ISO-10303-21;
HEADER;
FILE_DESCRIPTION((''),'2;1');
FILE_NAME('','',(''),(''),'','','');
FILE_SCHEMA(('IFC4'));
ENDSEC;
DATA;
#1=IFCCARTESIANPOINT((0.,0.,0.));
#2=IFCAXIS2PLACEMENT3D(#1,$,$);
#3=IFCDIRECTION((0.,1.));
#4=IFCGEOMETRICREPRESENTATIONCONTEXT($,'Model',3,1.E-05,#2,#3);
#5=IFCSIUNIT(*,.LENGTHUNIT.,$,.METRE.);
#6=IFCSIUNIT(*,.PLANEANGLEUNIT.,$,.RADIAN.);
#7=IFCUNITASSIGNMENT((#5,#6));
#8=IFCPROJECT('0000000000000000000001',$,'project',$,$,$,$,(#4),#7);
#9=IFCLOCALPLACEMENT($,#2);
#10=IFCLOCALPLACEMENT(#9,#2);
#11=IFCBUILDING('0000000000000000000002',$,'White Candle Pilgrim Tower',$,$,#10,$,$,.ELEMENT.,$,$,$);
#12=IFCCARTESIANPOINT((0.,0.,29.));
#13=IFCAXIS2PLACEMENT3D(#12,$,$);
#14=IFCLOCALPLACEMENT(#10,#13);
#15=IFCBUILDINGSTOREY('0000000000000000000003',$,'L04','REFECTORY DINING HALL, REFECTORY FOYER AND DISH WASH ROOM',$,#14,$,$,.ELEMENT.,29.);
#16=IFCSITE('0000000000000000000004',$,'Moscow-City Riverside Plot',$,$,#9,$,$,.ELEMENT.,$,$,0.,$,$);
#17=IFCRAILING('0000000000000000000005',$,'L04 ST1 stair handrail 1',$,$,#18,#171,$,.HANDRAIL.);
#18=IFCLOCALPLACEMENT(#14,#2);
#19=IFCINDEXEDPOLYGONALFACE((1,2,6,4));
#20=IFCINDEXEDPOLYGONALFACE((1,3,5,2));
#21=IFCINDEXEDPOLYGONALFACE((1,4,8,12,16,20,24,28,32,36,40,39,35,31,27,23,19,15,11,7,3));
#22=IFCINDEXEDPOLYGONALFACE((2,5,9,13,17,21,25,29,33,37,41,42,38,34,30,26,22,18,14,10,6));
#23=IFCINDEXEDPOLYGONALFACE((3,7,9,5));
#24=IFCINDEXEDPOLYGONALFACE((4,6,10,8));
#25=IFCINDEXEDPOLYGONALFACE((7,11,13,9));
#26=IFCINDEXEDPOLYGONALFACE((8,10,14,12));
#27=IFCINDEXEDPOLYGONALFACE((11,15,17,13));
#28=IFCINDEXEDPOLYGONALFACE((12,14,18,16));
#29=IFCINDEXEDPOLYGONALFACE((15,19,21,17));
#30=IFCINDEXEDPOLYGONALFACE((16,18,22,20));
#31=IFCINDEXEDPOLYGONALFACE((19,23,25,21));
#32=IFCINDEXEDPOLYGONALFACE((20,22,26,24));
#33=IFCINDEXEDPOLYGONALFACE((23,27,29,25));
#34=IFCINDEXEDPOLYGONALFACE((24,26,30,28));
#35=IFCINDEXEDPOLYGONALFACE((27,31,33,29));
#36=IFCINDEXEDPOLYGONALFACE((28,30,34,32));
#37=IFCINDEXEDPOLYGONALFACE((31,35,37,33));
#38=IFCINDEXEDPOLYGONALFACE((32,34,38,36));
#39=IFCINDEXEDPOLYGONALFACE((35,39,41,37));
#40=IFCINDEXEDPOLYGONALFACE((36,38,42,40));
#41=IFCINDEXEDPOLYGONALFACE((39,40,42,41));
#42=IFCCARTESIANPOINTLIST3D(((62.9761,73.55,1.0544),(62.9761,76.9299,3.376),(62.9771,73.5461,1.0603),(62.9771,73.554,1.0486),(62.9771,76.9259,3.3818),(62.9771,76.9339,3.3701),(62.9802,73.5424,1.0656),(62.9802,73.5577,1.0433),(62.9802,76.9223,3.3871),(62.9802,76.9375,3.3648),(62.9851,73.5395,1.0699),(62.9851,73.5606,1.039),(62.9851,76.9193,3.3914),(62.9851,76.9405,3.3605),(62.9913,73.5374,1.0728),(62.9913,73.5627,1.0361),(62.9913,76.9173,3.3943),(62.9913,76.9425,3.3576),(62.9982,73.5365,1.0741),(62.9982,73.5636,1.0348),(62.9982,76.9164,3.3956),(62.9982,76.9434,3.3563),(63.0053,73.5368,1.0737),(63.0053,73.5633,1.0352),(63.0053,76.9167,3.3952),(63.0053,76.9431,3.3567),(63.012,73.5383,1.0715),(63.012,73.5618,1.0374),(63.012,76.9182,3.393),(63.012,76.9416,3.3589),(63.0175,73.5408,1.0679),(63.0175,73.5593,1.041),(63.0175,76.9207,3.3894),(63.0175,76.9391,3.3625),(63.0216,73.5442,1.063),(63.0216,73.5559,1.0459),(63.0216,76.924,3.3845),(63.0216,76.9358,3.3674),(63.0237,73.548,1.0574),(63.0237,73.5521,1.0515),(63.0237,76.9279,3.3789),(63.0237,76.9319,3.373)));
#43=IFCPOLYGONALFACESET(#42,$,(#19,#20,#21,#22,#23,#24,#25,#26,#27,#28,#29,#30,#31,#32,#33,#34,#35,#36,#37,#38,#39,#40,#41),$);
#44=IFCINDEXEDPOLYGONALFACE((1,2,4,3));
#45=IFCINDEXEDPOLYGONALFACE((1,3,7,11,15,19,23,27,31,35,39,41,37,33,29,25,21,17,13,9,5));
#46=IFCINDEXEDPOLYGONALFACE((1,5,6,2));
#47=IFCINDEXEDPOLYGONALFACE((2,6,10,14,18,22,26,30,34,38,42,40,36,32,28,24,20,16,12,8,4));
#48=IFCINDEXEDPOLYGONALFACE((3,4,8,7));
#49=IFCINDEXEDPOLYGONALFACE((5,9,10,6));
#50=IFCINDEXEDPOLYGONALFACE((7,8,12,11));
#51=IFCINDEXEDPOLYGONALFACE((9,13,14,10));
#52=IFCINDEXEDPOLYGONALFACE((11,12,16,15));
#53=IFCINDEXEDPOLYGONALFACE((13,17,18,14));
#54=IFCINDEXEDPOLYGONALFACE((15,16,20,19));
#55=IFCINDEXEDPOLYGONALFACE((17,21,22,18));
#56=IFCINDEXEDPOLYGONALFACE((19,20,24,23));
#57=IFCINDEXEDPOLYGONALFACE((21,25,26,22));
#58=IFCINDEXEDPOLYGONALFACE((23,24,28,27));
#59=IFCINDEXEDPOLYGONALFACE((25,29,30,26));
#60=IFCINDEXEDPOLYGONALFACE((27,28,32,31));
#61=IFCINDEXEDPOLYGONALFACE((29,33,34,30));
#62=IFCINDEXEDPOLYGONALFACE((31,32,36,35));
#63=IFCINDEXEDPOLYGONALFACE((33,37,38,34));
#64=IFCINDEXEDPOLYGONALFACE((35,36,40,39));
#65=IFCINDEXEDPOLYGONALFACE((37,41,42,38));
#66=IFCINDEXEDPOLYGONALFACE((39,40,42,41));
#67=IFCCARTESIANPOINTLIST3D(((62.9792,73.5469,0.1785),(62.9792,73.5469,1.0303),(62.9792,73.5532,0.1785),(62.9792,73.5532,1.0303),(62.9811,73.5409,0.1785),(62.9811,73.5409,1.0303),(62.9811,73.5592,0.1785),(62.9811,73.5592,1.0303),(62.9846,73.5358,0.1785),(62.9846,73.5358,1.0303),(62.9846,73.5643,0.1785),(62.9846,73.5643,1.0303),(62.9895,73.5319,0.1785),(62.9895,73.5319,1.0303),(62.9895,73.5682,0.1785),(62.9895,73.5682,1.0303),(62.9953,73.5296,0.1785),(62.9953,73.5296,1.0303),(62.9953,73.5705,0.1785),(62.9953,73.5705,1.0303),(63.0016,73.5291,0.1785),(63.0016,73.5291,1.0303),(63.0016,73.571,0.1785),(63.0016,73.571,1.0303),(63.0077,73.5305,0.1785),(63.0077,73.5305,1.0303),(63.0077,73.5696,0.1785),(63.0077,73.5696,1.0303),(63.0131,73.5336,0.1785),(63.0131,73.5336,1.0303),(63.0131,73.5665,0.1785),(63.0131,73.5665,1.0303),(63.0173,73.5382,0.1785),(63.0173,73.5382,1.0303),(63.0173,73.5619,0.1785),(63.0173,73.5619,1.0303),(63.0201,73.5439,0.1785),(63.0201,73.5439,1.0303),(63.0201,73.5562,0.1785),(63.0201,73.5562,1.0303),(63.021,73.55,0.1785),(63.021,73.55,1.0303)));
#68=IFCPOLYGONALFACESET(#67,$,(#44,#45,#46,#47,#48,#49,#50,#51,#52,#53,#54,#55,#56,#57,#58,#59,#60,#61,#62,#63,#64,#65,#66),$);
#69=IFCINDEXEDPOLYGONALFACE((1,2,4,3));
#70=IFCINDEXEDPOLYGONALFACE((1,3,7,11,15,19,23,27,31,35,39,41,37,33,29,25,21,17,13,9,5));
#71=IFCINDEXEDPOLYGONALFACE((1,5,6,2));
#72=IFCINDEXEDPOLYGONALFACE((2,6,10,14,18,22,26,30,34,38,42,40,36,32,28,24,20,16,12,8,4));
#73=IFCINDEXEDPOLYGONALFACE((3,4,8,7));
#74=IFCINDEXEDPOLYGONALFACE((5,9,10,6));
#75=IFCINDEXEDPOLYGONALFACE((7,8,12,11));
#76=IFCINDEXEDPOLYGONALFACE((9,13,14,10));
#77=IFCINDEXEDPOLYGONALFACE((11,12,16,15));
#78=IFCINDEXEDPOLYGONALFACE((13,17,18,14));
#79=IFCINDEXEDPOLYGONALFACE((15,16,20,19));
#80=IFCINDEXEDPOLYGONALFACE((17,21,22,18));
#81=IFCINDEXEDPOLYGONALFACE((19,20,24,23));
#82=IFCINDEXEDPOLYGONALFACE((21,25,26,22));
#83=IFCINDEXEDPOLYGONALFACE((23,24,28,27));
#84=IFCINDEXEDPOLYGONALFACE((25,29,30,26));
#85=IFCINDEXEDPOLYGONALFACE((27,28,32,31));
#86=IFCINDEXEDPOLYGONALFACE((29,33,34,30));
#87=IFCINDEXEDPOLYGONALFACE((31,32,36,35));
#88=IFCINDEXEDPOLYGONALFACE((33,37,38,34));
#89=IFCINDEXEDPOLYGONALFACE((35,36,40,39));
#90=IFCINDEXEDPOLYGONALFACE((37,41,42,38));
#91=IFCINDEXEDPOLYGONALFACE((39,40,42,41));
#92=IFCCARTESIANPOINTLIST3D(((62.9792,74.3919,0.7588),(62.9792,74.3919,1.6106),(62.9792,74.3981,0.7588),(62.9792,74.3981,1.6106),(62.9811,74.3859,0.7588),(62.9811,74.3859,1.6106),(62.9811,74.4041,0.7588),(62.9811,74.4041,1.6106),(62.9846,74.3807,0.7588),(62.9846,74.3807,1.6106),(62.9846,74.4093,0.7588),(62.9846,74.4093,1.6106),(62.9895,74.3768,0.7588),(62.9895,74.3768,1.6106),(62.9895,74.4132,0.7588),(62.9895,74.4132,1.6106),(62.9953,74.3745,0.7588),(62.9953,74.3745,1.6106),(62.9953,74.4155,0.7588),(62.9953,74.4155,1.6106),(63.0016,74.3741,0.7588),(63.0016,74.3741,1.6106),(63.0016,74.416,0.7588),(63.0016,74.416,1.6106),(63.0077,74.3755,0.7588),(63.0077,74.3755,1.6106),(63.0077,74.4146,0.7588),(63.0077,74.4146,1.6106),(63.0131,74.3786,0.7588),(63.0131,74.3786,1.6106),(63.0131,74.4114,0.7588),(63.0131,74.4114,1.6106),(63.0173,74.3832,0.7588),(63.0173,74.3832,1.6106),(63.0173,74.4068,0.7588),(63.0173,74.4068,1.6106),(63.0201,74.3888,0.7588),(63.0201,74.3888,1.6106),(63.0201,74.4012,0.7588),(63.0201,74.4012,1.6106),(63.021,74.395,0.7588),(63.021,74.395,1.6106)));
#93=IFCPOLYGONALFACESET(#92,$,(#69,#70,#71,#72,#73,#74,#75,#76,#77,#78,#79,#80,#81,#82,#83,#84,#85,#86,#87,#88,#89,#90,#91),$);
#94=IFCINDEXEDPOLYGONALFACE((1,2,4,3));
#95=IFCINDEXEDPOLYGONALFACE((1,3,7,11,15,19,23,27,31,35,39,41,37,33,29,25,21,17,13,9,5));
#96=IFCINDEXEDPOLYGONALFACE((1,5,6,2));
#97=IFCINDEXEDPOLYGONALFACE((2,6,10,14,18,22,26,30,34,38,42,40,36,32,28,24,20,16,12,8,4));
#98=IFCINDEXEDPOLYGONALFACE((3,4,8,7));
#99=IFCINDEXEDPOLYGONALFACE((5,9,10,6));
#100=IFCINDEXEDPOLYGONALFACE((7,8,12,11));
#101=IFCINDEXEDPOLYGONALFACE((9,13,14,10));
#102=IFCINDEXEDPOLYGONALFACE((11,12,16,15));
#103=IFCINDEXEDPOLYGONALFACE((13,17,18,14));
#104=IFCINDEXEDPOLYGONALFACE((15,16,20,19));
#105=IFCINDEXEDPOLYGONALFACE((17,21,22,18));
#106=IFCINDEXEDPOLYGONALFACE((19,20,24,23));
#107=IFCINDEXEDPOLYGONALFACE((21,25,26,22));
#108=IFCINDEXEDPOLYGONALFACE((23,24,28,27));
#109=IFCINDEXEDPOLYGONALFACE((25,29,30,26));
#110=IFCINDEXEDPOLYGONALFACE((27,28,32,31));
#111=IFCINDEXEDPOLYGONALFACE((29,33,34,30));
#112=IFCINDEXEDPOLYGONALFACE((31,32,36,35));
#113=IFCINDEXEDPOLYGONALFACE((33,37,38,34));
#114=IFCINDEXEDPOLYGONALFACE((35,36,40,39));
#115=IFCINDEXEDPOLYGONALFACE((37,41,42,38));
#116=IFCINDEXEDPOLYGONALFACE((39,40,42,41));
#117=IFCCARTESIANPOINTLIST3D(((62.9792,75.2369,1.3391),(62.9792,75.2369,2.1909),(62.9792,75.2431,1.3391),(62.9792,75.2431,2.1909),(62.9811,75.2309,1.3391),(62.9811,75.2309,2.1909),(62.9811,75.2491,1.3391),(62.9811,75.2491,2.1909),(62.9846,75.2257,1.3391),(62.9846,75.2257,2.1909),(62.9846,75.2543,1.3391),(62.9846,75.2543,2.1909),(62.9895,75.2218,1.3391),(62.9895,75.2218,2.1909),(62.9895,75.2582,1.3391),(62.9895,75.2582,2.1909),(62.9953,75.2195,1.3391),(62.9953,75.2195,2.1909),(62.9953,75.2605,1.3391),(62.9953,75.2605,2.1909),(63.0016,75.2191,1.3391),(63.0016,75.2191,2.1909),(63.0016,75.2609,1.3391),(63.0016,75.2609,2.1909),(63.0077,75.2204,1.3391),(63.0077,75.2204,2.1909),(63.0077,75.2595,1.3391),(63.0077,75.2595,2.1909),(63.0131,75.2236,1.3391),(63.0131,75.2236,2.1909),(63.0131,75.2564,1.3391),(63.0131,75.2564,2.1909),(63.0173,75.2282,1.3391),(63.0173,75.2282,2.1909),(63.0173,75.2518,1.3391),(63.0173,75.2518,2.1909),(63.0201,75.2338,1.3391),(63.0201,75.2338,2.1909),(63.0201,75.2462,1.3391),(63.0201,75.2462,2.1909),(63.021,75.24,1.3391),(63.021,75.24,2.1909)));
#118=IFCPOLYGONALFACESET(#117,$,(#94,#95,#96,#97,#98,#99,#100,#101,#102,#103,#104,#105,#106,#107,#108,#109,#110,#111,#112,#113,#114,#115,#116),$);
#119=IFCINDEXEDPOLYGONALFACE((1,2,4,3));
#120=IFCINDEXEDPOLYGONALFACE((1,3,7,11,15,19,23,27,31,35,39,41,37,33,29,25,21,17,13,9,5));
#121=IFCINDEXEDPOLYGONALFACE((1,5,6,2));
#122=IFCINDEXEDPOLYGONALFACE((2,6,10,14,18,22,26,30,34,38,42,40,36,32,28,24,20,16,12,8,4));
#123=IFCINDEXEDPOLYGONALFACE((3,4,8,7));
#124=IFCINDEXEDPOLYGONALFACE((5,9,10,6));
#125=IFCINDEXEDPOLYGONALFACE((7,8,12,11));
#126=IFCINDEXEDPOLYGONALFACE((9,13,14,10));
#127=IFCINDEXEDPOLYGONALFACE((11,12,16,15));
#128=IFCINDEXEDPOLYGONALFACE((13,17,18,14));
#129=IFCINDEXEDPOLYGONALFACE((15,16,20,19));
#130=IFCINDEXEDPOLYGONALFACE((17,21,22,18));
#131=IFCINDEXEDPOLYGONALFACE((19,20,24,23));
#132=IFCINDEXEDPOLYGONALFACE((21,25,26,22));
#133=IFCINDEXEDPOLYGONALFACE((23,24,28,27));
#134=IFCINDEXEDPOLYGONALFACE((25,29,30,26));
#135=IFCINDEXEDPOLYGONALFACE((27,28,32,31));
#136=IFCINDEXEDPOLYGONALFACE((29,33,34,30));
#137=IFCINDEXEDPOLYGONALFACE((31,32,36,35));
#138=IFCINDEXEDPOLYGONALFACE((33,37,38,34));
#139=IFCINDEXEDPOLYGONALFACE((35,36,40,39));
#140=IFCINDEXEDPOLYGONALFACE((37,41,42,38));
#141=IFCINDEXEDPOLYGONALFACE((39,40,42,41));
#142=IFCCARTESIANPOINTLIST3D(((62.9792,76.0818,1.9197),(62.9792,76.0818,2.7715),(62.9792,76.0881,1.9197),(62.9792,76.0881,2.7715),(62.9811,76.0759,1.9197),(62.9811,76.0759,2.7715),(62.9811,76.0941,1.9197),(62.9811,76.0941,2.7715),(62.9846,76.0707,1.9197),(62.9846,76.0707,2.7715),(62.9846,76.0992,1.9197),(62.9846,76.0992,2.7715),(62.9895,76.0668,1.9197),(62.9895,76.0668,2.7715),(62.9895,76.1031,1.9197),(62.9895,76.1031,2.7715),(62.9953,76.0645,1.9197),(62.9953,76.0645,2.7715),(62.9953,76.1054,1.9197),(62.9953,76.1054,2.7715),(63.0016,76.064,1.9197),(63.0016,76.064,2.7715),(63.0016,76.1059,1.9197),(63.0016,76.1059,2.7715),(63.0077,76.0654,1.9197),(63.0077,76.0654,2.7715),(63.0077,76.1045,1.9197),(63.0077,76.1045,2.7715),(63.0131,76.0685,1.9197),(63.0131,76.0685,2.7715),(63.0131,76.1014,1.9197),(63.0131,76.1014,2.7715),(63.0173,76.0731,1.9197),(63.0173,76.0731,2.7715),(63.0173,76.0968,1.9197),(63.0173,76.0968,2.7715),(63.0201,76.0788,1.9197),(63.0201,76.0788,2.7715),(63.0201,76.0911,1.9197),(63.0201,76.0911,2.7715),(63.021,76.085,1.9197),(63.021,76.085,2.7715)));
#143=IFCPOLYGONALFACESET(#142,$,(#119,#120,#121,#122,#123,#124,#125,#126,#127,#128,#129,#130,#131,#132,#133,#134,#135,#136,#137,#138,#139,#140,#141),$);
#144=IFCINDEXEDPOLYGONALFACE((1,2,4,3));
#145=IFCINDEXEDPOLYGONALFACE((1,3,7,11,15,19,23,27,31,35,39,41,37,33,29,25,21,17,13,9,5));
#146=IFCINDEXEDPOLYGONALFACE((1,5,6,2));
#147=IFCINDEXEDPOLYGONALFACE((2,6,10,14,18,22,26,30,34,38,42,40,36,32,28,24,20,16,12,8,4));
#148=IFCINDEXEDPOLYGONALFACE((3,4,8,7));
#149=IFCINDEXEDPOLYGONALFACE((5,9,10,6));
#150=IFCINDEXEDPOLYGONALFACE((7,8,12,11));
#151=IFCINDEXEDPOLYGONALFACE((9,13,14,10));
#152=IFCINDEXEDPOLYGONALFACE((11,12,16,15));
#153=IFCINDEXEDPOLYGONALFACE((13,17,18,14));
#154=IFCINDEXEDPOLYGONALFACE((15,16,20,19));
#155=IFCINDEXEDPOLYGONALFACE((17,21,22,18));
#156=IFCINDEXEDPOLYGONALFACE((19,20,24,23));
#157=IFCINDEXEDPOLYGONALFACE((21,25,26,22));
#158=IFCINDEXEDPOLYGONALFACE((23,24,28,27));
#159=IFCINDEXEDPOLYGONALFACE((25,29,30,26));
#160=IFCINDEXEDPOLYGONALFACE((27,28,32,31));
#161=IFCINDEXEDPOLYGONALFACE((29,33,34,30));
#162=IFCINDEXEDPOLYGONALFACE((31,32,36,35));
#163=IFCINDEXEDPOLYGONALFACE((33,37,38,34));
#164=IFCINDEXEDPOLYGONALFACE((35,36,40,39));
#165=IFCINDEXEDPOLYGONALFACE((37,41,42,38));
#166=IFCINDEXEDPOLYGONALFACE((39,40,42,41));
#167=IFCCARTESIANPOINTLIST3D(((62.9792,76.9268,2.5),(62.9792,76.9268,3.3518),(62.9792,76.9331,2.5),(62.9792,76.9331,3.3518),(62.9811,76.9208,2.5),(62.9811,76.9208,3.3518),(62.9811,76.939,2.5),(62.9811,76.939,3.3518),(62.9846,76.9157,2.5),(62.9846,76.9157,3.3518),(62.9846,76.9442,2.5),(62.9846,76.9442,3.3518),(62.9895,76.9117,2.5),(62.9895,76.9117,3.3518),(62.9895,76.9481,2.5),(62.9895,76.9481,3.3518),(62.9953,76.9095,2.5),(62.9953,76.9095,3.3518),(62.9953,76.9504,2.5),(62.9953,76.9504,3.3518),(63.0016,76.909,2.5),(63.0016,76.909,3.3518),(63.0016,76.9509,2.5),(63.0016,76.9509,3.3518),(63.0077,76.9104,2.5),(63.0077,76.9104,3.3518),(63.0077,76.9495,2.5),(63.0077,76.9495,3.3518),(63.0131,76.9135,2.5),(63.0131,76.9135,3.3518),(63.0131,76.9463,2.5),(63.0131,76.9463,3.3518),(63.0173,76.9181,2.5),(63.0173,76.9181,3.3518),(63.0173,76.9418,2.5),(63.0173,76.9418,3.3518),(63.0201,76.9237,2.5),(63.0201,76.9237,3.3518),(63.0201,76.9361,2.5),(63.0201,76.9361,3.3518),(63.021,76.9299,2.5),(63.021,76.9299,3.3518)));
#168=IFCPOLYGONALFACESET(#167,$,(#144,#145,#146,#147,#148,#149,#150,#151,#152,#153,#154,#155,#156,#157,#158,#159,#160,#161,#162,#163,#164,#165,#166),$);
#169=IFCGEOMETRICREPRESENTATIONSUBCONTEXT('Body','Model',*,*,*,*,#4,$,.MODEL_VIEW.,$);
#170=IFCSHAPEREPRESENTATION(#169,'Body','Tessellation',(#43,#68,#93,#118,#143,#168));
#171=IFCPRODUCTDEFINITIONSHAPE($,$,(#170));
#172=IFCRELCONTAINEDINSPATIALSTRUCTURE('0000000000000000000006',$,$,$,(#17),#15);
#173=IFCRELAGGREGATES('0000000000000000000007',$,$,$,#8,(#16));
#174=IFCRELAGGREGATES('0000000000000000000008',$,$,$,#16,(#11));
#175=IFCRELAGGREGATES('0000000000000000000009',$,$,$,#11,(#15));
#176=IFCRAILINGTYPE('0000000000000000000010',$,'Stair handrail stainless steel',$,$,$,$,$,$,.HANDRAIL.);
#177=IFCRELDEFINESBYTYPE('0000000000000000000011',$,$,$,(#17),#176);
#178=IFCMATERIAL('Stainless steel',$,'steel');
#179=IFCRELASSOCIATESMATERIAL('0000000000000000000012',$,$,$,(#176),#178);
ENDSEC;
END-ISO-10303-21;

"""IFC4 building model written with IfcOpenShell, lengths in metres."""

from ifc_helpers import new_model, si_unit, direction, frame, origin, origin_2d, place, context, subcontext, project, spatial, circle, extrude, material, type_object, element, save


model = new_model("IFC4")

# Units and contexts
model_context = context("Model", 3, precision=1e-05, world=origin(), true_north=direction((0.0, 1.0)))
body_context = subcontext(model_context, "Body", "Model", "MODEL_VIEW")
ifc_project = project(units=[si_unit("LENGTHUNIT", "METRE"), si_unit("PLANEANGLEUNIT", "RADIAN")], contexts=[model_context])

# Site, building, storey
site_placement = place(None, origin())
site = spatial("IfcSite", under=ifc_project, at=site_placement, Name="Moscow-City Riverside Plot", CompositionType="ELEMENT", RefElevation=0.0)
building_placement = place(site_placement, origin())
building = spatial("IfcBuilding", under=site, at=building_placement, Name="White Candle Pilgrim Tower", CompositionType="ELEMENT")
storey_placement = place(building_placement, frame((0.0, 0.0, 29.0)))
storey = spatial("IfcBuildingStorey", under=building, at=storey_placement, Name="L04", Description="REFECTORY DINING HALL, REFECTORY FOYER AND DISH WASH ROOM", CompositionType="ELEMENT", Elevation=29.0)

# Railing
ifc_material_1 = material(Name="Stainless steel", Category="steel")
railing_type_1 = type_object("IfcRailingType", Name="Stair handrail stainless steel", PredefinedType="HANDRAIL", material=ifc_material_1)
railing_1_placement = place(storey_placement, frame((63.0, 73.55, 0.1785)))
element("IfcRailing", 1, at=railing_1_placement, inside=storey, type_object=railing_type_1, Name="L04 ST1 stair handrail 1", PredefinedType="HANDRAIL", context=body_context, shape_type="SweptSolid", body=[
    extrude(circle(Radius=0.0239, at=origin_2d()), frame((0.0, 0.0, 0.876), z_axis=(0.0, 0.824285, 0.566175), x_axis=(-1.0, 0.0, 0.0)), (0.0, 0.0, 1.0), 4.1003),
    extrude(circle(Radius=0.021, at=origin_2d()), origin(), (0.0, 0.0, 1.0), 0.8518),
    extrude(circle(Radius=0.021, at=origin_2d()), frame((0.0, 0.845, 0.5803)), (0.0, 0.0, 1.0), 0.8518),
    extrude(circle(Radius=0.021, at=origin_2d()), frame((0.0, 1.6899, 1.1606)), (0.0, 0.0, 1.0), 0.8518),
    extrude(circle(Radius=0.021, at=origin_2d()), frame((0.0, 2.5349, 1.7412)), (0.0, 0.0, 1.0), 0.8518),
    extrude(circle(Radius=0.021, at=origin_2d()), frame((0.0, 3.3799, 2.3215)), (0.0, 0.0, 1.0), 0.8518),
])

save(model, "model.ifc")
